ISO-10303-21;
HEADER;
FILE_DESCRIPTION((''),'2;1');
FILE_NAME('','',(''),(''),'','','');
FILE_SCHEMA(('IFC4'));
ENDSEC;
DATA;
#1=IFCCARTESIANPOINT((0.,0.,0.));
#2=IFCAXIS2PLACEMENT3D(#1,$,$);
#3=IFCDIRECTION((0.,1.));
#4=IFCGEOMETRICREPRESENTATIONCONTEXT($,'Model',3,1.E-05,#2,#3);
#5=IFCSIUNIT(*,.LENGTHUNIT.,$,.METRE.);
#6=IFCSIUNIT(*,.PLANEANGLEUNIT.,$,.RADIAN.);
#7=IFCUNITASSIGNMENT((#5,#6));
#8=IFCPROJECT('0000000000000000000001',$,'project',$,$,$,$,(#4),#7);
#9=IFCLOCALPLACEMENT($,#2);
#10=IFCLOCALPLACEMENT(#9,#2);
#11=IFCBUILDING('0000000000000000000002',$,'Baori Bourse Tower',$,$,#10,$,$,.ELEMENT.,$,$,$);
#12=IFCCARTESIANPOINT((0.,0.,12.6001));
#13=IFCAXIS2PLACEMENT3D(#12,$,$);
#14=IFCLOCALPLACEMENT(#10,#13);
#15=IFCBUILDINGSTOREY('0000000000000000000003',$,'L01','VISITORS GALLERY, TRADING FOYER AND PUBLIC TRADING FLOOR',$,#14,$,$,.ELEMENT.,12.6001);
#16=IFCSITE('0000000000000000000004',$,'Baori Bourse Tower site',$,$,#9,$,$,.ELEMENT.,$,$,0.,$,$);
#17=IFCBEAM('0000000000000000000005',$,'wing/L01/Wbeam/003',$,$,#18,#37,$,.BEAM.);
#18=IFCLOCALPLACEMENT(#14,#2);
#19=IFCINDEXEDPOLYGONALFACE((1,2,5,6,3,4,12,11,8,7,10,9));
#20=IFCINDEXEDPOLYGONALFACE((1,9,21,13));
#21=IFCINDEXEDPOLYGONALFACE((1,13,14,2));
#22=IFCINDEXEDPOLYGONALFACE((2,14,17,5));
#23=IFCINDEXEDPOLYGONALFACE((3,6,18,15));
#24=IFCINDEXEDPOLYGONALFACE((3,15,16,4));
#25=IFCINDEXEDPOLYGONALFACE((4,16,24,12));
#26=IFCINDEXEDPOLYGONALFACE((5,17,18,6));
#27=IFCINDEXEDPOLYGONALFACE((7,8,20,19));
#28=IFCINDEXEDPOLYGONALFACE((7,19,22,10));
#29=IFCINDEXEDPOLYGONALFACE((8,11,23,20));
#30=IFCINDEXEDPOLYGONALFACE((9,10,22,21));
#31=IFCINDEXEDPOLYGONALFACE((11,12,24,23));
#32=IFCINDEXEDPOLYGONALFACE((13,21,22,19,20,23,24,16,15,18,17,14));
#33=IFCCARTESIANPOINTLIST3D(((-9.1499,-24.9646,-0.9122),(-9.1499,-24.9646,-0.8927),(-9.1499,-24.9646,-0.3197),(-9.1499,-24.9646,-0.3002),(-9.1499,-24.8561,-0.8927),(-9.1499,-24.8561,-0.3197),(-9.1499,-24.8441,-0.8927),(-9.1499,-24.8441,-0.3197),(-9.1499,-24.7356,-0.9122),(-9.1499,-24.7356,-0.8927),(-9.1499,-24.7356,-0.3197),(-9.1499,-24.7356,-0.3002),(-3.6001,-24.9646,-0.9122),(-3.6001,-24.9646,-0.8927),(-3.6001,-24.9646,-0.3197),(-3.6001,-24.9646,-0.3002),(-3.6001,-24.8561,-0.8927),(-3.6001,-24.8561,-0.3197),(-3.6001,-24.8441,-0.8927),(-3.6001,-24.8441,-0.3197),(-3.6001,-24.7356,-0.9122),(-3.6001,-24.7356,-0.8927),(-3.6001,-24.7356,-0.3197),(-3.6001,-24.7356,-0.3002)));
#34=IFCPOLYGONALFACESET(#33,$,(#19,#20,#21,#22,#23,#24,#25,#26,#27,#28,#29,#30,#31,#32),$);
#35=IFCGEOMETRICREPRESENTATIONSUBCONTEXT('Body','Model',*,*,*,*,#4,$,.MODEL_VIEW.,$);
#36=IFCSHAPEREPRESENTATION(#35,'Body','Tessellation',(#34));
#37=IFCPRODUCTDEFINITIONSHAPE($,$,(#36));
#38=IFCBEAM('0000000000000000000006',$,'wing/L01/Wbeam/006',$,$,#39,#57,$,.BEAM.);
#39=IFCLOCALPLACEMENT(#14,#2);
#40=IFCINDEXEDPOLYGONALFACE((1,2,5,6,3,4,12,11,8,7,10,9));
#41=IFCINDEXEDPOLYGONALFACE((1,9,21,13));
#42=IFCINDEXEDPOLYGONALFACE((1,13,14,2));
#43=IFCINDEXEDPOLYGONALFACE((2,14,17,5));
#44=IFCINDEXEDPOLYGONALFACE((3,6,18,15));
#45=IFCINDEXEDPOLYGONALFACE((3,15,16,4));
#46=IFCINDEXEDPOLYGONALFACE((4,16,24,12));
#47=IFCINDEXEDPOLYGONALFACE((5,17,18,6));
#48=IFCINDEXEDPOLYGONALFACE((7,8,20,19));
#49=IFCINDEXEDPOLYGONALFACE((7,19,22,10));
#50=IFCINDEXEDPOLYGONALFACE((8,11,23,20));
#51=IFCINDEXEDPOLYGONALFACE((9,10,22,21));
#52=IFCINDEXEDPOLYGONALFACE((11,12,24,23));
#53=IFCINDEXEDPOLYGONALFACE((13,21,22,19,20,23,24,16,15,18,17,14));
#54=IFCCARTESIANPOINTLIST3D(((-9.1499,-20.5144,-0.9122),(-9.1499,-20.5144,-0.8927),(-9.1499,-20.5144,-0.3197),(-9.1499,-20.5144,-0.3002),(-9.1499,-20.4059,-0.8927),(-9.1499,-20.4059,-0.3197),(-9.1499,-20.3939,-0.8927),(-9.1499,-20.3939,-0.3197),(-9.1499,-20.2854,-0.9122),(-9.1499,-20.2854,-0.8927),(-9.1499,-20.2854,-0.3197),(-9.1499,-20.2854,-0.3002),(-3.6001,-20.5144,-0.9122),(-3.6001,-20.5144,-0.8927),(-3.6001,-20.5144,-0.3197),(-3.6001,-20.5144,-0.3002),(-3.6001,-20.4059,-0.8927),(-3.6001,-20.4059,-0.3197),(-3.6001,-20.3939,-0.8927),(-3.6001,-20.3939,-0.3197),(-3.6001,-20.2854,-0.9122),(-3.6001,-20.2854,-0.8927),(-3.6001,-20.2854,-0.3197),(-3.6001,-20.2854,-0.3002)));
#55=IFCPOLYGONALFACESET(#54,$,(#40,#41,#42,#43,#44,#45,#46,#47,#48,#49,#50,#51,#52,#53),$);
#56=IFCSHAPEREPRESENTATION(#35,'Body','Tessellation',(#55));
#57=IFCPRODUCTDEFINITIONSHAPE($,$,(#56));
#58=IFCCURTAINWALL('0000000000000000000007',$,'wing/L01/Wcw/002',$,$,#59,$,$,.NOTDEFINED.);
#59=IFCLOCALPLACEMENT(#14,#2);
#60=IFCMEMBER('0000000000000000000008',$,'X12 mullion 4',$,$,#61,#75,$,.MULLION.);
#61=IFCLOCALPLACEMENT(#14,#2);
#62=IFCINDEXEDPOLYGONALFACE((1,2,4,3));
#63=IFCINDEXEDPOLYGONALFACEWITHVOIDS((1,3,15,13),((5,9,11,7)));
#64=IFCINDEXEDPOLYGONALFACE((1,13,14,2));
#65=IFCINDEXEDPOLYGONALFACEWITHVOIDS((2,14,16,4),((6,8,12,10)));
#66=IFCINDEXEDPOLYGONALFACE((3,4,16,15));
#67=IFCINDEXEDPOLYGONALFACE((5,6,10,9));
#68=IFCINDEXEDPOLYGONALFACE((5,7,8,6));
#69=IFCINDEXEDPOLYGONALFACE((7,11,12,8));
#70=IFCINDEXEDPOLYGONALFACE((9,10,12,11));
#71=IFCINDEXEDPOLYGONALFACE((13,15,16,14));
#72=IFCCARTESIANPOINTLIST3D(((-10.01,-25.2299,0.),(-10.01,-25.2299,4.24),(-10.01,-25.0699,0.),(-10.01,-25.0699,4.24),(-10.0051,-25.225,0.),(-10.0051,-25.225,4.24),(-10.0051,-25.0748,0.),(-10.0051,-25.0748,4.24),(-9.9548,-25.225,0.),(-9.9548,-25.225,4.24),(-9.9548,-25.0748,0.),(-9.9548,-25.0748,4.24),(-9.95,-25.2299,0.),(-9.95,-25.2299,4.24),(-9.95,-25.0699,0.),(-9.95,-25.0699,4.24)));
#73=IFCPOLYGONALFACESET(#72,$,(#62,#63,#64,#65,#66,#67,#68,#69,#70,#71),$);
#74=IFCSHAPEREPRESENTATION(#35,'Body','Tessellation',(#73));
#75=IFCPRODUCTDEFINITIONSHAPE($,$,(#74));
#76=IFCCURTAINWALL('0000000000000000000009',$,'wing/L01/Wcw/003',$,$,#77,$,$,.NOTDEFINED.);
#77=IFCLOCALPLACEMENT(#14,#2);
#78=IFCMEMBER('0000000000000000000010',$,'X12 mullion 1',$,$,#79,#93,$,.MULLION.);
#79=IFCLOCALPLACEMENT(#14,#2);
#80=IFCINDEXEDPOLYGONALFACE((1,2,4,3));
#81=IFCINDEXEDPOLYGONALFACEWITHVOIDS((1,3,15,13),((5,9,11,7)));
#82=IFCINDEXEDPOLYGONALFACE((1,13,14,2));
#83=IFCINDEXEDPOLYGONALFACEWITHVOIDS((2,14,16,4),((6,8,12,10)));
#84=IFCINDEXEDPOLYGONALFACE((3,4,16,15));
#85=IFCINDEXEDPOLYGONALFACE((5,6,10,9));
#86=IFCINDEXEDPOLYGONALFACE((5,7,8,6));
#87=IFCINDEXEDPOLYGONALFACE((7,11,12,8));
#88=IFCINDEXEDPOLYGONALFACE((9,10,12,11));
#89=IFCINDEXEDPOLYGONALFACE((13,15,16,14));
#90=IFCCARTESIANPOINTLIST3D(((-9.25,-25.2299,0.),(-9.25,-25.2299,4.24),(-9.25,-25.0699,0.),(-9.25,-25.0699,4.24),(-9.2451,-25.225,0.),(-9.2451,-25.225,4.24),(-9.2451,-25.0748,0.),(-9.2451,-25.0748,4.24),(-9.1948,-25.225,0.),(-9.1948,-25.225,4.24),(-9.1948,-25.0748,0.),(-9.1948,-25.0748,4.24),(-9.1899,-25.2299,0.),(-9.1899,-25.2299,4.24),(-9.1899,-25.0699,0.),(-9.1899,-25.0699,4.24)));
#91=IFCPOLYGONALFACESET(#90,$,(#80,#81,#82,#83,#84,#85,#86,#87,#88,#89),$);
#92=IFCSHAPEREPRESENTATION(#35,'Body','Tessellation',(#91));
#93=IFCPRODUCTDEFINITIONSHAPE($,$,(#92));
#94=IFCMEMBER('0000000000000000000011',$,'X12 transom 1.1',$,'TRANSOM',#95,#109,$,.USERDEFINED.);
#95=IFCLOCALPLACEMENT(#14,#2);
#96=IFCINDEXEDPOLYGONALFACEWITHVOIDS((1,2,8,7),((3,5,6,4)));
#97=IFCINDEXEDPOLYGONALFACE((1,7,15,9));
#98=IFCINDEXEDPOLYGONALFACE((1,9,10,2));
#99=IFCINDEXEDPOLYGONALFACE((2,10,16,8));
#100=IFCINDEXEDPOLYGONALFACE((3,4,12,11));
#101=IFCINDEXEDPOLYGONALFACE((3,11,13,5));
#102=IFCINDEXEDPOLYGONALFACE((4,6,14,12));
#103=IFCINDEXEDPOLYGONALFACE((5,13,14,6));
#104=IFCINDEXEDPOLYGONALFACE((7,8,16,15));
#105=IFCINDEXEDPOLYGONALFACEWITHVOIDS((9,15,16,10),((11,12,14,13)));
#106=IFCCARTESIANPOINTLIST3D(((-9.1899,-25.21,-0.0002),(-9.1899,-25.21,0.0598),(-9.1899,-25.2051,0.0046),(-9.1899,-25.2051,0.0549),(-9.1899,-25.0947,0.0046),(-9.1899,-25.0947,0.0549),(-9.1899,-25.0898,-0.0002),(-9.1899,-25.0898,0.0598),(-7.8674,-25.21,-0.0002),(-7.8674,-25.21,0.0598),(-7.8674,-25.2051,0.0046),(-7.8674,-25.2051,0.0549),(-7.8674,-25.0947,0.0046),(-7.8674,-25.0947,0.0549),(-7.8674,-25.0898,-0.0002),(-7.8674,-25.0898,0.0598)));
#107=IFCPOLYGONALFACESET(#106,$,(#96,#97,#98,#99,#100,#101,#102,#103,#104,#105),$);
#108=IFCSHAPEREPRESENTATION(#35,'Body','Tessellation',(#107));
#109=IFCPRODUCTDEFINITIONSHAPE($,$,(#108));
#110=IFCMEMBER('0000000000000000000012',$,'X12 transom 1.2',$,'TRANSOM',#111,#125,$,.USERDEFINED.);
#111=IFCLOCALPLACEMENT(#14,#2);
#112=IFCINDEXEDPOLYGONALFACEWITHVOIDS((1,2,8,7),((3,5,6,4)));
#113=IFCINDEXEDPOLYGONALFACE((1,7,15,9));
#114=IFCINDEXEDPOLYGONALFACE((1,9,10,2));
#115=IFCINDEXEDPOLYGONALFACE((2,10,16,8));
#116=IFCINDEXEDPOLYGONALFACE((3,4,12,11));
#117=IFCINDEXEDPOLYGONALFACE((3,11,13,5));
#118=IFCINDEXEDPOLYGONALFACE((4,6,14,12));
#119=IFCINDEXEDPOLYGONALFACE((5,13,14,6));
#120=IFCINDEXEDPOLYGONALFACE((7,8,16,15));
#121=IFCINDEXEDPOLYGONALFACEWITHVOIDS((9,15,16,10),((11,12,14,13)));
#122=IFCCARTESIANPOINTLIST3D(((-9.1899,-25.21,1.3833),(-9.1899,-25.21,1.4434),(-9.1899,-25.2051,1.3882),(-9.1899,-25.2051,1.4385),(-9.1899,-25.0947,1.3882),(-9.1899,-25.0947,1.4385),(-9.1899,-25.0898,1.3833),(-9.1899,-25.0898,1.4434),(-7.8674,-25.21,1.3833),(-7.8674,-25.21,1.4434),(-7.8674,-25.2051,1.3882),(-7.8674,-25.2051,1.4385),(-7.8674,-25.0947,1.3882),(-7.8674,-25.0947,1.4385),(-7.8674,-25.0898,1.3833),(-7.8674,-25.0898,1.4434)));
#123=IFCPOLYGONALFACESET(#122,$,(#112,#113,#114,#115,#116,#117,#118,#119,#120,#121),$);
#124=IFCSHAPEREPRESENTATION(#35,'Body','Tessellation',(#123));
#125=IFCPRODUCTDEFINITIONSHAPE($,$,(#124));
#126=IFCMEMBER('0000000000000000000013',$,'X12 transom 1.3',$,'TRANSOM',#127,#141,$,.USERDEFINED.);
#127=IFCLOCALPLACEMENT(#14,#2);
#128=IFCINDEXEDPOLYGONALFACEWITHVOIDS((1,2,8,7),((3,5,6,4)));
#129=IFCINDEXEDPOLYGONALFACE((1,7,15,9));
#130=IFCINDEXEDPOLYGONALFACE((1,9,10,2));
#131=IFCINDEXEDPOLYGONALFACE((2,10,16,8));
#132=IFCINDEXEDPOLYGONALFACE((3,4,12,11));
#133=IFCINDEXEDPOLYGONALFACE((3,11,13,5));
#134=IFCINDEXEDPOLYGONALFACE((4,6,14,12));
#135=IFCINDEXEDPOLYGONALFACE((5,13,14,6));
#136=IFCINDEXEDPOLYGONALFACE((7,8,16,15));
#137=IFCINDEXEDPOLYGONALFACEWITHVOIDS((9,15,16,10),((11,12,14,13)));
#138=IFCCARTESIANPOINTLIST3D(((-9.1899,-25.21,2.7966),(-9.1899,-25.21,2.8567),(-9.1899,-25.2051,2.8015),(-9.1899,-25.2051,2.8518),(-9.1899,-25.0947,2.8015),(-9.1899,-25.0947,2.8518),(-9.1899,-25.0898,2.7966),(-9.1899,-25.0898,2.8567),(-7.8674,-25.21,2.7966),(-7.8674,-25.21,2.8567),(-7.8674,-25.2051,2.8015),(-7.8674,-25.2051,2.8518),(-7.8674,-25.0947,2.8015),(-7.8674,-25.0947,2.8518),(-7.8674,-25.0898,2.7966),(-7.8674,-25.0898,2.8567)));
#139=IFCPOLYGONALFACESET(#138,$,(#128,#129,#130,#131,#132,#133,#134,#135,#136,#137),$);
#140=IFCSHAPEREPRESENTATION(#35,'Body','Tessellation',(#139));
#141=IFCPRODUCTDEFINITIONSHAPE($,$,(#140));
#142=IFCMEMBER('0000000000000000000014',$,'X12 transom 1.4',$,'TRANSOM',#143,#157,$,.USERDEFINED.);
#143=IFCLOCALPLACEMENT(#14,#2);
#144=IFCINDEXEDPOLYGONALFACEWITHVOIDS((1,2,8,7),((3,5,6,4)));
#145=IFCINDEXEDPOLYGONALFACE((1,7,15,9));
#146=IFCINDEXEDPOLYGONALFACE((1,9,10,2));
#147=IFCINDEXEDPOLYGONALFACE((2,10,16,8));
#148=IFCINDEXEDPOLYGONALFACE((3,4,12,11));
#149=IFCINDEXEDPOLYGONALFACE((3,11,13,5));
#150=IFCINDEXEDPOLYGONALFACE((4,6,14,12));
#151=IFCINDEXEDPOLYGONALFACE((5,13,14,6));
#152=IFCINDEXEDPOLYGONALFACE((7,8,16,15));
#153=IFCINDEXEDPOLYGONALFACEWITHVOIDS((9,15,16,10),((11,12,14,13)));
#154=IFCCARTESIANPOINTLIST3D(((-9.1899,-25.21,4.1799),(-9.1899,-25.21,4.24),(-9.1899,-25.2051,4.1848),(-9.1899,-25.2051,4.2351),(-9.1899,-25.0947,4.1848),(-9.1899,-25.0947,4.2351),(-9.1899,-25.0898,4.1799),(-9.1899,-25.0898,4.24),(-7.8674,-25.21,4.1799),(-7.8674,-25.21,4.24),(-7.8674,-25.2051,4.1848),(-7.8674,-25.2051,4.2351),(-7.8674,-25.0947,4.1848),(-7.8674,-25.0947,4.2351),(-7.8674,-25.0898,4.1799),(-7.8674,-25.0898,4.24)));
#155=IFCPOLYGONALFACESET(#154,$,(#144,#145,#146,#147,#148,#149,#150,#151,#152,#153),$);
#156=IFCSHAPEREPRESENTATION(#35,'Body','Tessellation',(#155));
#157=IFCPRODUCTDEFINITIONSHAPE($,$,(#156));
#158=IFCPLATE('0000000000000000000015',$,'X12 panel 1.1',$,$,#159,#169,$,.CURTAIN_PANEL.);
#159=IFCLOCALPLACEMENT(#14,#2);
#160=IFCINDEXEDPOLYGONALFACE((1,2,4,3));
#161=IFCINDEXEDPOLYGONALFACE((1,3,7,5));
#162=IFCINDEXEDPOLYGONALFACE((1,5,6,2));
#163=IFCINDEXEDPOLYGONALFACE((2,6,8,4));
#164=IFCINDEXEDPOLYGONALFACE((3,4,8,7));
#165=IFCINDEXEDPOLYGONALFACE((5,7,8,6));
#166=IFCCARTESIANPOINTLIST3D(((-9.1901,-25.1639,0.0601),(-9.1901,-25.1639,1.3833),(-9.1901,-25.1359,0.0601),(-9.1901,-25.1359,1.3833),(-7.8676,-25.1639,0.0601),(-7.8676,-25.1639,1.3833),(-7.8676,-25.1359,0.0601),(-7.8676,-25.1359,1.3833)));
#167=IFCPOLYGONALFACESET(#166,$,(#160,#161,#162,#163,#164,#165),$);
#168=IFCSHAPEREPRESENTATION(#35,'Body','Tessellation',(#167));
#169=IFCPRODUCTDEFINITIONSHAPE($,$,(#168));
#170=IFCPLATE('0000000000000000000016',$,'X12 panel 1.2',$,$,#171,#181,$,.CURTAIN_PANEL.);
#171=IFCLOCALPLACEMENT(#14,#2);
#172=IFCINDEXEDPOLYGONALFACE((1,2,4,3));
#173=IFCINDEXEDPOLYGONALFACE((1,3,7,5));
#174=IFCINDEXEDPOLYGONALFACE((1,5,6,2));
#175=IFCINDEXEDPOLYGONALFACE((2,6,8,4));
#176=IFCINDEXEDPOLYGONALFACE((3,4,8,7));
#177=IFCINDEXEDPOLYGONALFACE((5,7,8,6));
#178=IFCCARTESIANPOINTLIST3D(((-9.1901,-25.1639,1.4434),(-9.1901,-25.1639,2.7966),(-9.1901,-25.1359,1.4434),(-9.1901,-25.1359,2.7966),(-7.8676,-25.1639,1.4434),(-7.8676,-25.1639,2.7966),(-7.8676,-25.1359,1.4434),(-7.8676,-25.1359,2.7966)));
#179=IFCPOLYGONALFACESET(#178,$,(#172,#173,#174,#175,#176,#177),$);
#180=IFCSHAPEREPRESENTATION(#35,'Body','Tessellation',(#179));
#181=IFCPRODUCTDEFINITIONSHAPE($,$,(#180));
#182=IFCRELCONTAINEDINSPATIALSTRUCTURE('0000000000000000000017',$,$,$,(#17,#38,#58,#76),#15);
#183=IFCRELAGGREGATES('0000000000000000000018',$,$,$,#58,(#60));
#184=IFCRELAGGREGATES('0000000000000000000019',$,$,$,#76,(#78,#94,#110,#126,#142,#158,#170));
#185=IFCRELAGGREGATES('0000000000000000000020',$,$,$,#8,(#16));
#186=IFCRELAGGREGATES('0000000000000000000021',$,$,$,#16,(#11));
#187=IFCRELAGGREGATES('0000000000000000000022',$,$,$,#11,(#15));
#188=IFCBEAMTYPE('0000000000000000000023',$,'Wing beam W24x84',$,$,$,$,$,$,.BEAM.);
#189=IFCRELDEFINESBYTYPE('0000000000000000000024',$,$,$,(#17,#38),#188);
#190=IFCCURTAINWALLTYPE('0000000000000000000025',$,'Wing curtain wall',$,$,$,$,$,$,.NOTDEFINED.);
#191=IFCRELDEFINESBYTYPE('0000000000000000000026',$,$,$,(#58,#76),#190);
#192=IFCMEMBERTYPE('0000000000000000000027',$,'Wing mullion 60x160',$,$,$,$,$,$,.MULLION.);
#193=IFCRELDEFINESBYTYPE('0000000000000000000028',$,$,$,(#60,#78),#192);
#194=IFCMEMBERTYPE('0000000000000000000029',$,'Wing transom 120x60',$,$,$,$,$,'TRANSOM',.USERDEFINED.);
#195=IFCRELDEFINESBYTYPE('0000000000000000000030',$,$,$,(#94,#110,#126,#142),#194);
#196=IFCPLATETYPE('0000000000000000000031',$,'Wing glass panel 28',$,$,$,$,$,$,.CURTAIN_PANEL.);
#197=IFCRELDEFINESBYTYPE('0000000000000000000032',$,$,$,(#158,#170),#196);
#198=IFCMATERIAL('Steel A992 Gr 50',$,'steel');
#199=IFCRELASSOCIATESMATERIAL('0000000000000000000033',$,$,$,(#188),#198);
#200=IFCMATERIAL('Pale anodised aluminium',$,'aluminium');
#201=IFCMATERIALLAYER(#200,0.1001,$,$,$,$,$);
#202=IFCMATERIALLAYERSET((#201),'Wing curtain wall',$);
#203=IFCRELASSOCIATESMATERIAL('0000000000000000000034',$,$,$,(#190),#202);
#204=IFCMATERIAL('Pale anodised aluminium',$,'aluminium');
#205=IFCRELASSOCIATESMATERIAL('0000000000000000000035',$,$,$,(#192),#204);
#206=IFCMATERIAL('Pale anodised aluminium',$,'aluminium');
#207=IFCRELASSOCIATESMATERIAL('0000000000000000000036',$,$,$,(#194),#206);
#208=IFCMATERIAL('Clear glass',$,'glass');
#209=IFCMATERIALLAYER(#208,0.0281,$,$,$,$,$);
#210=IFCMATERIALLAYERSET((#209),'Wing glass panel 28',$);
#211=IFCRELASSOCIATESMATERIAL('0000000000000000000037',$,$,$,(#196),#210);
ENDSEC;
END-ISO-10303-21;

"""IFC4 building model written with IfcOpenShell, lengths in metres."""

from ifc_helpers import new_model, si_unit, direction, frame, origin, origin_2d, place, context, subcontext, project, spatial, rectangle, hollow_rectangle, i_section, extrude, material, layer, layer_set, material_profile, profile_set, type_object, element, aggregate, save


model = new_model("IFC4")

# Units and contexts
model_context = context("Model", 3, precision=1e-05, world=origin(), true_north=direction((0.0, 1.0)))
body_context = subcontext(model_context, "Body", "Model", "MODEL_VIEW")
ifc_project = project(units=[si_unit("LENGTHUNIT", "METRE"), si_unit("PLANEANGLEUNIT", "RADIAN")], contexts=[model_context])

# Site, building, storey
site_placement = place(None, origin())
site = spatial("IfcSite", under=ifc_project, at=site_placement, Name="Baori Bourse Tower site", CompositionType="ELEMENT", RefElevation=0.0)
building_placement = place(site_placement, origin())
building = spatial("IfcBuilding", under=site, at=building_placement, Name="Baori Bourse Tower", CompositionType="ELEMENT")
storey_placement = place(building_placement, frame((0.0, 0.0, 12.6001)))
storey = spatial("IfcBuildingStorey", under=building, at=storey_placement, Name="L01", Description="VISITORS GALLERY, TRADING FOYER AND PUBLIC TRADING FLOOR", CompositionType="ELEMENT", Elevation=12.6001)

# Beams
ifc_material_1 = material(Name="Steel A992 Gr 50", Category="steel")
ifc_material_profile_1 = material_profile(ifc_material_1, i_section(OverallWidth=0.229, OverallDepth=0.6121, WebThickness=0.012, FlangeThickness=0.0195, at=origin_2d()), Name="W24x84")
ifc_profile_set_1 = profile_set([ifc_material_profile_1], Name="Steel A992 Gr 50")
beam_type_1 = type_object("IfcBeamType", Name="Wing beam W24x84", PredefinedType="BEAM", material=ifc_profile_set_1)
for number, where, z_axis, x_axis, name in (
    (1, (-9.1499, -24.8501, -0.6062), (1.0, 0.0, 0.0), (0.0, 1.0, 0.0), "wing/L01/Wbeam/003"),
    (2, (-9.1499, -20.3999, -0.6062), (1.0, 0.0, 0.0), (0.0, 1.0, 0.0), "wing/L01/Wbeam/006"),
):
    element("IfcBeam", number, at=place(storey_placement, frame(where, z_axis=z_axis, x_axis=x_axis)), inside=storey, type_object=beam_type_1, Name=name, PredefinedType="BEAM", context=body_context, shape_type="SweptSolid", body=[
        extrude(i_section(OverallWidth=0.229, OverallDepth=0.6121, WebThickness=0.012, FlangeThickness=0.0195, at=origin_2d()), origin(), (0.0, 0.0, 1.0), 5.5498),
    ])

# Curtain wall, member
ifc_material_2 = material(Name="Pale anodised aluminium", Category="aluminium")
ifc_layer_1 = layer(ifc_material_2, 0.1001)
ifc_layer_set_1 = layer_set([ifc_layer_1], Name="Wing curtain wall")
curtain_wall_type = type_object("IfcCurtainWallType", Name="Wing curtain wall", PredefinedType="NOTDEFINED", material=ifc_layer_set_1)
curtain_wall_1_placement = place(storey_placement, origin())
curtain_wall_1 = element("IfcCurtainWall", 3, at=curtain_wall_1_placement, inside=storey, type_object=curtain_wall_type, Name="wing/L01/Wcw/002", PredefinedType="NOTDEFINED")
ifc_material_3 = material(Name="Pale anodised aluminium", Category="aluminium")
ifc_material_profile_2 = material_profile(ifc_material_3, hollow_rectangle(XDim=0.1599, YDim=0.0601, WallThickness=0.0049, at=origin_2d()), Name="Mullion 160x60x5")
ifc_profile_set_2 = profile_set([ifc_material_profile_2], Name="Pale anodised aluminium")
member_type_1 = type_object("IfcMemberType", Name="Wing mullion 60x160", PredefinedType="MULLION", material=ifc_profile_set_2)
member_1_placement = place(storey_placement, frame((-9.98, -25.1499, 0.0), z_axis=(0.0, 0.0, 1.0), x_axis=(0.0, 1.0, 0.0)))
member_1 = element("IfcMember", 4, at=member_1_placement, type_object=member_type_1, Name="X12 mullion 4", PredefinedType="MULLION", context=body_context, shape_type="SweptSolid", body=[
    extrude(hollow_rectangle(XDim=0.1599, YDim=0.0601, WallThickness=0.0049, at=origin_2d()), origin(), (0.0, 0.0, 1.0), 4.24),
])
aggregate(curtain_wall_1, [member_1])

# Curtain wall, members, plates
curtain_wall_2_placement = place(storey_placement, origin())
curtain_wall_2 = element("IfcCurtainWall", 5, at=curtain_wall_2_placement, inside=storey, type_object=curtain_wall_type, Name="wing/L01/Wcw/003", PredefinedType="NOTDEFINED")
member_2_placement = place(storey_placement, frame((-9.22, -25.1499, 0.0), z_axis=(0.0, 0.0, 1.0), x_axis=(0.0, 1.0, 0.0)))
member_2 = element("IfcMember", 6, at=member_2_placement, type_object=member_type_1, Name="X12 mullion 1", PredefinedType="MULLION", context=body_context, shape_type="SweptSolid", body=[
    extrude(hollow_rectangle(XDim=0.1599, YDim=0.0601, WallThickness=0.0049, at=origin_2d()), origin(), (0.0, 0.0, 1.0), 4.24),
])
ifc_material_4 = material(Name="Pale anodised aluminium", Category="aluminium")
ifc_material_profile_3 = material_profile(ifc_material_4, hollow_rectangle(XDim=0.1201, YDim=0.0601, WallThickness=0.0049, at=origin_2d()), Name="Transom 120x60x5")
ifc_profile_set_3 = profile_set([ifc_material_profile_3], Name="Pale anodised aluminium")
member_type_2 = type_object("IfcMemberType", Name="Wing transom 120x60", ElementType="TRANSOM", PredefinedType="USERDEFINED", material=ifc_profile_set_3)
member_3_placement = place(storey_placement, frame((-9.1899, -25.1499, 0.0298), z_axis=(1.0, 0.0, 0.0), x_axis=(0.0, 1.0, 0.0)))
member_3 = element("IfcMember", 7, at=member_3_placement, type_object=member_type_2, Name="X12 transom 1.1", ObjectType="TRANSOM", PredefinedType="USERDEFINED", context=body_context, shape_type="SweptSolid", body=[
    extrude(hollow_rectangle(XDim=0.1201, YDim=0.0601, WallThickness=0.0049, at=origin_2d()), origin(), (0.0, 0.0, 1.0), 1.3225),
])
member_4_placement = place(storey_placement, frame((-9.1899, -25.1499, 1.4133), z_axis=(1.0, 0.0, 0.0), x_axis=(0.0, 1.0, 0.0)))
member_4 = element("IfcMember", 8, at=member_4_placement, type_object=member_type_2, Name="X12 transom 1.2", ObjectType="TRANSOM", PredefinedType="USERDEFINED", context=body_context, shape_type="SweptSolid", body=[
    extrude(hollow_rectangle(XDim=0.1201, YDim=0.0601, WallThickness=0.0049, at=origin_2d()), origin(), (0.0, 0.0, 1.0), 1.3225),
])
member_5_placement = place(storey_placement, frame((-9.1899, -25.1499, 2.8267), z_axis=(1.0, 0.0, 0.0), x_axis=(0.0, 1.0, 0.0)))
member_5 = element("IfcMember", 9, at=member_5_placement, type_object=member_type_2, Name="X12 transom 1.3", ObjectType="TRANSOM", PredefinedType="USERDEFINED", context=body_context, shape_type="SweptSolid", body=[
    extrude(hollow_rectangle(XDim=0.1201, YDim=0.0601, WallThickness=0.0049, at=origin_2d()), origin(), (0.0, 0.0, 1.0), 1.3225),
])
member_6_placement = place(storey_placement, frame((-9.1899, -25.1499, 4.21), z_axis=(1.0, 0.0, 0.0), x_axis=(0.0, 1.0, 0.0)))
member_6 = element("IfcMember", 10, at=member_6_placement, type_object=member_type_2, Name="X12 transom 1.4", ObjectType="TRANSOM", PredefinedType="USERDEFINED", context=body_context, shape_type="SweptSolid", body=[
    extrude(hollow_rectangle(XDim=0.1201, YDim=0.0601, WallThickness=0.0049, at=origin_2d()), origin(), (0.0, 0.0, 1.0), 1.3225),
])
ifc_material_5 = material(Name="Clear glass", Category="glass")
ifc_layer_2 = layer(ifc_material_5, 0.0281)
ifc_layer_set_2 = layer_set([ifc_layer_2], Name="Wing glass panel 28")
plate_type = type_object("IfcPlateType", Name="Wing glass panel 28", PredefinedType="CURTAIN_PANEL", material=ifc_layer_set_2)
plate_1_placement = place(storey_placement, frame((-8.5288, -25.1499, 0.0601), z_axis=(0.0, 0.0, 1.0), x_axis=(1.0, 0.0, 0.0)))
plate_1 = element("IfcPlate", 11, at=plate_1_placement, type_object=plate_type, Name="X12 panel 1.1", PredefinedType="CURTAIN_PANEL", context=body_context, shape_type="SweptSolid", body=[
    extrude(rectangle(XDim=1.3225, YDim=0.0281, at=origin_2d()), origin(), (0.0, 0.0, 1.0), 1.3232),
])
plate_2_placement = place(storey_placement, frame((-8.5288, -25.1499, 1.4434), z_axis=(0.0, 0.0, 1.0), x_axis=(1.0, 0.0, 0.0)))
plate_2 = element("IfcPlate", 12, at=plate_2_placement, type_object=plate_type, Name="X12 panel 1.2", PredefinedType="CURTAIN_PANEL", context=body_context, shape_type="SweptSolid", body=[
    extrude(rectangle(XDim=1.3225, YDim=0.0281, at=origin_2d()), origin(), (0.0, 0.0, 1.0), 1.3533),
])
aggregate(curtain_wall_2, [member_2, member_3, member_4, member_5, member_6, plate_1, plate_2])

save(model, "model.ifc")
